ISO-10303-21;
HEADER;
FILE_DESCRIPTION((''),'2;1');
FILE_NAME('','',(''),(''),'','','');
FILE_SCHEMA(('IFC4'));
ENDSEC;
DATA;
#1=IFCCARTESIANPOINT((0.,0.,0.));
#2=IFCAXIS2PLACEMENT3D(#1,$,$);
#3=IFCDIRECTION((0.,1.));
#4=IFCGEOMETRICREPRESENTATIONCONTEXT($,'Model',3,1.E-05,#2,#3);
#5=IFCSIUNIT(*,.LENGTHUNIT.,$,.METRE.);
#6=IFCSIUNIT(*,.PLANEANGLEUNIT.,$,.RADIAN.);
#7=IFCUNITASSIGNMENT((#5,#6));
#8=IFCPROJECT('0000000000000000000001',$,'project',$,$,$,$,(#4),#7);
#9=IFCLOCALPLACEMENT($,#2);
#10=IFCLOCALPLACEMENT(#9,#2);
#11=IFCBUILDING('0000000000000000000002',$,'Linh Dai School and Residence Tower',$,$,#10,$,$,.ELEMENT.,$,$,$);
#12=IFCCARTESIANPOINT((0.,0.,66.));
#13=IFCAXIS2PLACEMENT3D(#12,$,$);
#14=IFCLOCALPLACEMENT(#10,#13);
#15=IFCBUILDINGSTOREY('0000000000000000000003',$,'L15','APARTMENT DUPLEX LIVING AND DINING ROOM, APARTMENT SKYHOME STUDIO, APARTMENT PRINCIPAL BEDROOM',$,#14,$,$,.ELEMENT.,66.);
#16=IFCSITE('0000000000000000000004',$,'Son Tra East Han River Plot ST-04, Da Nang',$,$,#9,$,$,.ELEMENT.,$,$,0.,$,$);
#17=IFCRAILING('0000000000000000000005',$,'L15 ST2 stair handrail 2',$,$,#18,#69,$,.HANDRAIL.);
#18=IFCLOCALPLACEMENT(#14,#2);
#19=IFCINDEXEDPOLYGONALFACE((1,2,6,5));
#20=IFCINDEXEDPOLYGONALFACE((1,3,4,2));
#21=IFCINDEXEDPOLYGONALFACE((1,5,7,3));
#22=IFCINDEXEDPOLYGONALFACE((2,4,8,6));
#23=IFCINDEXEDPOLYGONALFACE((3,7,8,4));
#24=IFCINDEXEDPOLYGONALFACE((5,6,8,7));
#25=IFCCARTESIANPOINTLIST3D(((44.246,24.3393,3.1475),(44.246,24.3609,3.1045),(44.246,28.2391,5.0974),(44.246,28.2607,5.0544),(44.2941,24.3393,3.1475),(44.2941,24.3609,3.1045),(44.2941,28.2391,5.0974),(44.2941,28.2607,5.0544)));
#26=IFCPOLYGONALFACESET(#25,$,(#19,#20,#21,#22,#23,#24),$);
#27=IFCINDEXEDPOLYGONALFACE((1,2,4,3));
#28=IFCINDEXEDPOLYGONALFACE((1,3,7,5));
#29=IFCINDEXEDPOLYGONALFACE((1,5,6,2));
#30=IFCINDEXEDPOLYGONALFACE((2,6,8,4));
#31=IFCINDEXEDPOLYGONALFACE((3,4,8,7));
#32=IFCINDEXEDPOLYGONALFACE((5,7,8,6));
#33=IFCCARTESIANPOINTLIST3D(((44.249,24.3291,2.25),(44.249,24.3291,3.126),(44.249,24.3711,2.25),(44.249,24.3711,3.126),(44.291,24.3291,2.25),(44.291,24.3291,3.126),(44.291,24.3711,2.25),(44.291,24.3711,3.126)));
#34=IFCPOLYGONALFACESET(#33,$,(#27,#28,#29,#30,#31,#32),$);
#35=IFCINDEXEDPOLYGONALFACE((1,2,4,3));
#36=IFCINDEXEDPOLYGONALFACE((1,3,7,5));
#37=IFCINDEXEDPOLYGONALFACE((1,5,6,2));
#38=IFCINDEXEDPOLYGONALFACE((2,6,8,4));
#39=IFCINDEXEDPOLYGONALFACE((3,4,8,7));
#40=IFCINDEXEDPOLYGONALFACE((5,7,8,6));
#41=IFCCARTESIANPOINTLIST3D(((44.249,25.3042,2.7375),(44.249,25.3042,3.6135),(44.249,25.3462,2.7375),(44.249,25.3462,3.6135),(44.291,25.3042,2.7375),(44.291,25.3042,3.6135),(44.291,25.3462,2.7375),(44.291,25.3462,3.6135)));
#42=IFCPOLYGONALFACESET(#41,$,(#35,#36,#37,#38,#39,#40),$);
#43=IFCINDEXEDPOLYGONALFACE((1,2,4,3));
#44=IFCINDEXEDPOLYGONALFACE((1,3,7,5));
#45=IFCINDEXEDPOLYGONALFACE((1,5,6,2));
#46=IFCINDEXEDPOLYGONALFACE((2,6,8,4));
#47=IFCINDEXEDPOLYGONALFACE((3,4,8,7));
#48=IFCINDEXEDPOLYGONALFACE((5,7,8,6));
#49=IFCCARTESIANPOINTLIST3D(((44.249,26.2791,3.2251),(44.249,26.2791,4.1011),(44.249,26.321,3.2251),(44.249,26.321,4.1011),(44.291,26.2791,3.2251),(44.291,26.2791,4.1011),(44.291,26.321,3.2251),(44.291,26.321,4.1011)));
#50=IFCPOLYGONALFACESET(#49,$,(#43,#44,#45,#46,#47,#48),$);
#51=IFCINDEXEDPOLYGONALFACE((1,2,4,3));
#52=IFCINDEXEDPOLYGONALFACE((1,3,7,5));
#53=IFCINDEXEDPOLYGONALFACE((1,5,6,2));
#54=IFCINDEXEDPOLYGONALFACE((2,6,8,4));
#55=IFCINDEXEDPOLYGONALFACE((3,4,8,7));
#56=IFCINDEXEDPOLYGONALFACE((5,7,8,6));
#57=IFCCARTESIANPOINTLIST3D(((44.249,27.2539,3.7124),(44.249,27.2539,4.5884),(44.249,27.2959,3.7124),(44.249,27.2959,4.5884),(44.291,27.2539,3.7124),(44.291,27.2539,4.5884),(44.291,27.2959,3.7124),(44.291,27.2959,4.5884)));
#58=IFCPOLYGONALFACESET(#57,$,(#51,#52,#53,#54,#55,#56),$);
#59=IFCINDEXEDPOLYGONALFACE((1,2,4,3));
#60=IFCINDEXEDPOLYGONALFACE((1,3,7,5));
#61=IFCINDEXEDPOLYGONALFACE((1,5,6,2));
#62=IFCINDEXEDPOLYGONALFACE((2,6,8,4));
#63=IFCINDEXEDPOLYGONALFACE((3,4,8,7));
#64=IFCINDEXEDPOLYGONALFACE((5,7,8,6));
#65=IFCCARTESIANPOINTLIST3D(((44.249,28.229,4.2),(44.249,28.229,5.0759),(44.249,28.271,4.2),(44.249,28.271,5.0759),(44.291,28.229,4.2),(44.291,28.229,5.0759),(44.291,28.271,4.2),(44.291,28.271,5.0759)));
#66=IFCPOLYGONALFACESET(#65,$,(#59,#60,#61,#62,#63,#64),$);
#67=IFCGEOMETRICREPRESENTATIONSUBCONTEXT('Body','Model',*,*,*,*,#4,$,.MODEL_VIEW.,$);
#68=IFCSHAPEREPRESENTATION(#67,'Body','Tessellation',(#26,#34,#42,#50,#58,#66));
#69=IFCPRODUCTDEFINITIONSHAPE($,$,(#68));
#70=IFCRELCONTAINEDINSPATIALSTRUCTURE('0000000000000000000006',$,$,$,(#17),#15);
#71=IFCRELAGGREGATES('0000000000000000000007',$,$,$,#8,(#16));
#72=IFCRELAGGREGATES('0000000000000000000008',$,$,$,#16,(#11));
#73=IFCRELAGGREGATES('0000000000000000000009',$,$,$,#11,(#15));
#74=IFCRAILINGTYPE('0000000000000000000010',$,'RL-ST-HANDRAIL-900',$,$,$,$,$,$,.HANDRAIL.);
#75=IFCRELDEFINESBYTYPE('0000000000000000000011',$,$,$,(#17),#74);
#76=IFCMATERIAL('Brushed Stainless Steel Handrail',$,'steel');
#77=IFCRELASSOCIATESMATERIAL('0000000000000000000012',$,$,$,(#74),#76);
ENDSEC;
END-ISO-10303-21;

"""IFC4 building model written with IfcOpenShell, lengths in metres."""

from ifc_helpers import new_model, si_unit, direction, frame, origin, origin_2d, place, context, subcontext, project, spatial, rectangle, extrude, source, transform, mapped, material, type_object, element, save


model = new_model("IFC4")

# Units and contexts
model_context = context("Model", 3, precision=1e-05, world=origin(), true_north=direction((0.0, 1.0)))
body_context = subcontext(model_context, "Body", "Model", "MODEL_VIEW")
ifc_project = project(units=[si_unit("LENGTHUNIT", "METRE"), si_unit("PLANEANGLEUNIT", "RADIAN")], contexts=[model_context])

# Site, building, storey
site_placement = place(None, origin())
site = spatial("IfcSite", under=ifc_project, at=site_placement, Name="Son Tra East Han River Plot ST-04, Da Nang", CompositionType="ELEMENT", RefElevation=0.0)
building_placement = place(site_placement, origin())
building = spatial("IfcBuilding", under=site, at=building_placement, Name="Linh Dai School and Residence Tower", CompositionType="ELEMENT")
storey_placement = place(building_placement, frame((0.0, 0.0, 66.0)))
storey = spatial("IfcBuildingStorey", under=building, at=storey_placement, Name="L15", Description="APARTMENT DUPLEX LIVING AND DINING ROOM, APARTMENT SKYHOME STUDIO, APARTMENT PRINCIPAL BEDROOM", CompositionType="ELEMENT", Elevation=66.0)

# Railing
ifc_material_1 = material(Name="Brushed Stainless Steel Handrail", Category="steel")
railing_type_1 = type_object("IfcRailingType", Name="RL-ST-HANDRAIL-900", PredefinedType="HANDRAIL", material=ifc_material_1)
shared_shape_1 = source(origin(), body_context, "Body", "SweptSolid", [
    extrude(rectangle(XDim=0.0481, YDim=0.0481, at=origin_2d()), frame((0.0, 0.0, 0.876), z_axis=(0.0, 0.894427, 0.447214), x_axis=(-1.0, 0.0, 0.0)), (0.0, 0.0, 1.0), 4.3601),
    extrude(rectangle(XDim=0.042, YDim=0.042, at=origin_2d()), origin(), (0.0, 0.0, 1.0), 0.876),
    extrude(rectangle(XDim=0.042, YDim=0.042, at=origin_2d()), frame((0.0, 0.9751, 0.4875)), (0.0, 0.0, 1.0), 0.876),
    extrude(rectangle(XDim=0.042, YDim=0.042, at=origin_2d()), frame((0.0, 1.95, 0.9751)), (0.0, 0.0, 1.0), 0.876),
    extrude(rectangle(XDim=0.042, YDim=0.042, at=origin_2d()), frame((0.0, 2.9248, 1.4624)), (0.0, 0.0, 1.0), 0.876),
    extrude(rectangle(XDim=0.042, YDim=0.042, at=origin_2d()), frame((0.0, 3.8999, 1.95)), (0.0, 0.0, 1.0), 0.876),
])
railing_1_placement = place(storey_placement, frame((44.27, 24.3501, 2.25)))
element("IfcRailing", 1, at=railing_1_placement, inside=storey, type_object=railing_type_1, Name="L15 ST2 stair handrail 2", PredefinedType="HANDRAIL", context=body_context, shape_type="MappedRepresentation", body=[
    mapped(shared_shape_1, transform((0.0, 0.0, 0.0), x_axis=(1.0, 0.0, 0.0), y_axis=(0.0, 1.0, 0.0), z_axis=(0.0, 0.0, 1.0), scale=1.0)),
])

save(model, "model.ifc")
